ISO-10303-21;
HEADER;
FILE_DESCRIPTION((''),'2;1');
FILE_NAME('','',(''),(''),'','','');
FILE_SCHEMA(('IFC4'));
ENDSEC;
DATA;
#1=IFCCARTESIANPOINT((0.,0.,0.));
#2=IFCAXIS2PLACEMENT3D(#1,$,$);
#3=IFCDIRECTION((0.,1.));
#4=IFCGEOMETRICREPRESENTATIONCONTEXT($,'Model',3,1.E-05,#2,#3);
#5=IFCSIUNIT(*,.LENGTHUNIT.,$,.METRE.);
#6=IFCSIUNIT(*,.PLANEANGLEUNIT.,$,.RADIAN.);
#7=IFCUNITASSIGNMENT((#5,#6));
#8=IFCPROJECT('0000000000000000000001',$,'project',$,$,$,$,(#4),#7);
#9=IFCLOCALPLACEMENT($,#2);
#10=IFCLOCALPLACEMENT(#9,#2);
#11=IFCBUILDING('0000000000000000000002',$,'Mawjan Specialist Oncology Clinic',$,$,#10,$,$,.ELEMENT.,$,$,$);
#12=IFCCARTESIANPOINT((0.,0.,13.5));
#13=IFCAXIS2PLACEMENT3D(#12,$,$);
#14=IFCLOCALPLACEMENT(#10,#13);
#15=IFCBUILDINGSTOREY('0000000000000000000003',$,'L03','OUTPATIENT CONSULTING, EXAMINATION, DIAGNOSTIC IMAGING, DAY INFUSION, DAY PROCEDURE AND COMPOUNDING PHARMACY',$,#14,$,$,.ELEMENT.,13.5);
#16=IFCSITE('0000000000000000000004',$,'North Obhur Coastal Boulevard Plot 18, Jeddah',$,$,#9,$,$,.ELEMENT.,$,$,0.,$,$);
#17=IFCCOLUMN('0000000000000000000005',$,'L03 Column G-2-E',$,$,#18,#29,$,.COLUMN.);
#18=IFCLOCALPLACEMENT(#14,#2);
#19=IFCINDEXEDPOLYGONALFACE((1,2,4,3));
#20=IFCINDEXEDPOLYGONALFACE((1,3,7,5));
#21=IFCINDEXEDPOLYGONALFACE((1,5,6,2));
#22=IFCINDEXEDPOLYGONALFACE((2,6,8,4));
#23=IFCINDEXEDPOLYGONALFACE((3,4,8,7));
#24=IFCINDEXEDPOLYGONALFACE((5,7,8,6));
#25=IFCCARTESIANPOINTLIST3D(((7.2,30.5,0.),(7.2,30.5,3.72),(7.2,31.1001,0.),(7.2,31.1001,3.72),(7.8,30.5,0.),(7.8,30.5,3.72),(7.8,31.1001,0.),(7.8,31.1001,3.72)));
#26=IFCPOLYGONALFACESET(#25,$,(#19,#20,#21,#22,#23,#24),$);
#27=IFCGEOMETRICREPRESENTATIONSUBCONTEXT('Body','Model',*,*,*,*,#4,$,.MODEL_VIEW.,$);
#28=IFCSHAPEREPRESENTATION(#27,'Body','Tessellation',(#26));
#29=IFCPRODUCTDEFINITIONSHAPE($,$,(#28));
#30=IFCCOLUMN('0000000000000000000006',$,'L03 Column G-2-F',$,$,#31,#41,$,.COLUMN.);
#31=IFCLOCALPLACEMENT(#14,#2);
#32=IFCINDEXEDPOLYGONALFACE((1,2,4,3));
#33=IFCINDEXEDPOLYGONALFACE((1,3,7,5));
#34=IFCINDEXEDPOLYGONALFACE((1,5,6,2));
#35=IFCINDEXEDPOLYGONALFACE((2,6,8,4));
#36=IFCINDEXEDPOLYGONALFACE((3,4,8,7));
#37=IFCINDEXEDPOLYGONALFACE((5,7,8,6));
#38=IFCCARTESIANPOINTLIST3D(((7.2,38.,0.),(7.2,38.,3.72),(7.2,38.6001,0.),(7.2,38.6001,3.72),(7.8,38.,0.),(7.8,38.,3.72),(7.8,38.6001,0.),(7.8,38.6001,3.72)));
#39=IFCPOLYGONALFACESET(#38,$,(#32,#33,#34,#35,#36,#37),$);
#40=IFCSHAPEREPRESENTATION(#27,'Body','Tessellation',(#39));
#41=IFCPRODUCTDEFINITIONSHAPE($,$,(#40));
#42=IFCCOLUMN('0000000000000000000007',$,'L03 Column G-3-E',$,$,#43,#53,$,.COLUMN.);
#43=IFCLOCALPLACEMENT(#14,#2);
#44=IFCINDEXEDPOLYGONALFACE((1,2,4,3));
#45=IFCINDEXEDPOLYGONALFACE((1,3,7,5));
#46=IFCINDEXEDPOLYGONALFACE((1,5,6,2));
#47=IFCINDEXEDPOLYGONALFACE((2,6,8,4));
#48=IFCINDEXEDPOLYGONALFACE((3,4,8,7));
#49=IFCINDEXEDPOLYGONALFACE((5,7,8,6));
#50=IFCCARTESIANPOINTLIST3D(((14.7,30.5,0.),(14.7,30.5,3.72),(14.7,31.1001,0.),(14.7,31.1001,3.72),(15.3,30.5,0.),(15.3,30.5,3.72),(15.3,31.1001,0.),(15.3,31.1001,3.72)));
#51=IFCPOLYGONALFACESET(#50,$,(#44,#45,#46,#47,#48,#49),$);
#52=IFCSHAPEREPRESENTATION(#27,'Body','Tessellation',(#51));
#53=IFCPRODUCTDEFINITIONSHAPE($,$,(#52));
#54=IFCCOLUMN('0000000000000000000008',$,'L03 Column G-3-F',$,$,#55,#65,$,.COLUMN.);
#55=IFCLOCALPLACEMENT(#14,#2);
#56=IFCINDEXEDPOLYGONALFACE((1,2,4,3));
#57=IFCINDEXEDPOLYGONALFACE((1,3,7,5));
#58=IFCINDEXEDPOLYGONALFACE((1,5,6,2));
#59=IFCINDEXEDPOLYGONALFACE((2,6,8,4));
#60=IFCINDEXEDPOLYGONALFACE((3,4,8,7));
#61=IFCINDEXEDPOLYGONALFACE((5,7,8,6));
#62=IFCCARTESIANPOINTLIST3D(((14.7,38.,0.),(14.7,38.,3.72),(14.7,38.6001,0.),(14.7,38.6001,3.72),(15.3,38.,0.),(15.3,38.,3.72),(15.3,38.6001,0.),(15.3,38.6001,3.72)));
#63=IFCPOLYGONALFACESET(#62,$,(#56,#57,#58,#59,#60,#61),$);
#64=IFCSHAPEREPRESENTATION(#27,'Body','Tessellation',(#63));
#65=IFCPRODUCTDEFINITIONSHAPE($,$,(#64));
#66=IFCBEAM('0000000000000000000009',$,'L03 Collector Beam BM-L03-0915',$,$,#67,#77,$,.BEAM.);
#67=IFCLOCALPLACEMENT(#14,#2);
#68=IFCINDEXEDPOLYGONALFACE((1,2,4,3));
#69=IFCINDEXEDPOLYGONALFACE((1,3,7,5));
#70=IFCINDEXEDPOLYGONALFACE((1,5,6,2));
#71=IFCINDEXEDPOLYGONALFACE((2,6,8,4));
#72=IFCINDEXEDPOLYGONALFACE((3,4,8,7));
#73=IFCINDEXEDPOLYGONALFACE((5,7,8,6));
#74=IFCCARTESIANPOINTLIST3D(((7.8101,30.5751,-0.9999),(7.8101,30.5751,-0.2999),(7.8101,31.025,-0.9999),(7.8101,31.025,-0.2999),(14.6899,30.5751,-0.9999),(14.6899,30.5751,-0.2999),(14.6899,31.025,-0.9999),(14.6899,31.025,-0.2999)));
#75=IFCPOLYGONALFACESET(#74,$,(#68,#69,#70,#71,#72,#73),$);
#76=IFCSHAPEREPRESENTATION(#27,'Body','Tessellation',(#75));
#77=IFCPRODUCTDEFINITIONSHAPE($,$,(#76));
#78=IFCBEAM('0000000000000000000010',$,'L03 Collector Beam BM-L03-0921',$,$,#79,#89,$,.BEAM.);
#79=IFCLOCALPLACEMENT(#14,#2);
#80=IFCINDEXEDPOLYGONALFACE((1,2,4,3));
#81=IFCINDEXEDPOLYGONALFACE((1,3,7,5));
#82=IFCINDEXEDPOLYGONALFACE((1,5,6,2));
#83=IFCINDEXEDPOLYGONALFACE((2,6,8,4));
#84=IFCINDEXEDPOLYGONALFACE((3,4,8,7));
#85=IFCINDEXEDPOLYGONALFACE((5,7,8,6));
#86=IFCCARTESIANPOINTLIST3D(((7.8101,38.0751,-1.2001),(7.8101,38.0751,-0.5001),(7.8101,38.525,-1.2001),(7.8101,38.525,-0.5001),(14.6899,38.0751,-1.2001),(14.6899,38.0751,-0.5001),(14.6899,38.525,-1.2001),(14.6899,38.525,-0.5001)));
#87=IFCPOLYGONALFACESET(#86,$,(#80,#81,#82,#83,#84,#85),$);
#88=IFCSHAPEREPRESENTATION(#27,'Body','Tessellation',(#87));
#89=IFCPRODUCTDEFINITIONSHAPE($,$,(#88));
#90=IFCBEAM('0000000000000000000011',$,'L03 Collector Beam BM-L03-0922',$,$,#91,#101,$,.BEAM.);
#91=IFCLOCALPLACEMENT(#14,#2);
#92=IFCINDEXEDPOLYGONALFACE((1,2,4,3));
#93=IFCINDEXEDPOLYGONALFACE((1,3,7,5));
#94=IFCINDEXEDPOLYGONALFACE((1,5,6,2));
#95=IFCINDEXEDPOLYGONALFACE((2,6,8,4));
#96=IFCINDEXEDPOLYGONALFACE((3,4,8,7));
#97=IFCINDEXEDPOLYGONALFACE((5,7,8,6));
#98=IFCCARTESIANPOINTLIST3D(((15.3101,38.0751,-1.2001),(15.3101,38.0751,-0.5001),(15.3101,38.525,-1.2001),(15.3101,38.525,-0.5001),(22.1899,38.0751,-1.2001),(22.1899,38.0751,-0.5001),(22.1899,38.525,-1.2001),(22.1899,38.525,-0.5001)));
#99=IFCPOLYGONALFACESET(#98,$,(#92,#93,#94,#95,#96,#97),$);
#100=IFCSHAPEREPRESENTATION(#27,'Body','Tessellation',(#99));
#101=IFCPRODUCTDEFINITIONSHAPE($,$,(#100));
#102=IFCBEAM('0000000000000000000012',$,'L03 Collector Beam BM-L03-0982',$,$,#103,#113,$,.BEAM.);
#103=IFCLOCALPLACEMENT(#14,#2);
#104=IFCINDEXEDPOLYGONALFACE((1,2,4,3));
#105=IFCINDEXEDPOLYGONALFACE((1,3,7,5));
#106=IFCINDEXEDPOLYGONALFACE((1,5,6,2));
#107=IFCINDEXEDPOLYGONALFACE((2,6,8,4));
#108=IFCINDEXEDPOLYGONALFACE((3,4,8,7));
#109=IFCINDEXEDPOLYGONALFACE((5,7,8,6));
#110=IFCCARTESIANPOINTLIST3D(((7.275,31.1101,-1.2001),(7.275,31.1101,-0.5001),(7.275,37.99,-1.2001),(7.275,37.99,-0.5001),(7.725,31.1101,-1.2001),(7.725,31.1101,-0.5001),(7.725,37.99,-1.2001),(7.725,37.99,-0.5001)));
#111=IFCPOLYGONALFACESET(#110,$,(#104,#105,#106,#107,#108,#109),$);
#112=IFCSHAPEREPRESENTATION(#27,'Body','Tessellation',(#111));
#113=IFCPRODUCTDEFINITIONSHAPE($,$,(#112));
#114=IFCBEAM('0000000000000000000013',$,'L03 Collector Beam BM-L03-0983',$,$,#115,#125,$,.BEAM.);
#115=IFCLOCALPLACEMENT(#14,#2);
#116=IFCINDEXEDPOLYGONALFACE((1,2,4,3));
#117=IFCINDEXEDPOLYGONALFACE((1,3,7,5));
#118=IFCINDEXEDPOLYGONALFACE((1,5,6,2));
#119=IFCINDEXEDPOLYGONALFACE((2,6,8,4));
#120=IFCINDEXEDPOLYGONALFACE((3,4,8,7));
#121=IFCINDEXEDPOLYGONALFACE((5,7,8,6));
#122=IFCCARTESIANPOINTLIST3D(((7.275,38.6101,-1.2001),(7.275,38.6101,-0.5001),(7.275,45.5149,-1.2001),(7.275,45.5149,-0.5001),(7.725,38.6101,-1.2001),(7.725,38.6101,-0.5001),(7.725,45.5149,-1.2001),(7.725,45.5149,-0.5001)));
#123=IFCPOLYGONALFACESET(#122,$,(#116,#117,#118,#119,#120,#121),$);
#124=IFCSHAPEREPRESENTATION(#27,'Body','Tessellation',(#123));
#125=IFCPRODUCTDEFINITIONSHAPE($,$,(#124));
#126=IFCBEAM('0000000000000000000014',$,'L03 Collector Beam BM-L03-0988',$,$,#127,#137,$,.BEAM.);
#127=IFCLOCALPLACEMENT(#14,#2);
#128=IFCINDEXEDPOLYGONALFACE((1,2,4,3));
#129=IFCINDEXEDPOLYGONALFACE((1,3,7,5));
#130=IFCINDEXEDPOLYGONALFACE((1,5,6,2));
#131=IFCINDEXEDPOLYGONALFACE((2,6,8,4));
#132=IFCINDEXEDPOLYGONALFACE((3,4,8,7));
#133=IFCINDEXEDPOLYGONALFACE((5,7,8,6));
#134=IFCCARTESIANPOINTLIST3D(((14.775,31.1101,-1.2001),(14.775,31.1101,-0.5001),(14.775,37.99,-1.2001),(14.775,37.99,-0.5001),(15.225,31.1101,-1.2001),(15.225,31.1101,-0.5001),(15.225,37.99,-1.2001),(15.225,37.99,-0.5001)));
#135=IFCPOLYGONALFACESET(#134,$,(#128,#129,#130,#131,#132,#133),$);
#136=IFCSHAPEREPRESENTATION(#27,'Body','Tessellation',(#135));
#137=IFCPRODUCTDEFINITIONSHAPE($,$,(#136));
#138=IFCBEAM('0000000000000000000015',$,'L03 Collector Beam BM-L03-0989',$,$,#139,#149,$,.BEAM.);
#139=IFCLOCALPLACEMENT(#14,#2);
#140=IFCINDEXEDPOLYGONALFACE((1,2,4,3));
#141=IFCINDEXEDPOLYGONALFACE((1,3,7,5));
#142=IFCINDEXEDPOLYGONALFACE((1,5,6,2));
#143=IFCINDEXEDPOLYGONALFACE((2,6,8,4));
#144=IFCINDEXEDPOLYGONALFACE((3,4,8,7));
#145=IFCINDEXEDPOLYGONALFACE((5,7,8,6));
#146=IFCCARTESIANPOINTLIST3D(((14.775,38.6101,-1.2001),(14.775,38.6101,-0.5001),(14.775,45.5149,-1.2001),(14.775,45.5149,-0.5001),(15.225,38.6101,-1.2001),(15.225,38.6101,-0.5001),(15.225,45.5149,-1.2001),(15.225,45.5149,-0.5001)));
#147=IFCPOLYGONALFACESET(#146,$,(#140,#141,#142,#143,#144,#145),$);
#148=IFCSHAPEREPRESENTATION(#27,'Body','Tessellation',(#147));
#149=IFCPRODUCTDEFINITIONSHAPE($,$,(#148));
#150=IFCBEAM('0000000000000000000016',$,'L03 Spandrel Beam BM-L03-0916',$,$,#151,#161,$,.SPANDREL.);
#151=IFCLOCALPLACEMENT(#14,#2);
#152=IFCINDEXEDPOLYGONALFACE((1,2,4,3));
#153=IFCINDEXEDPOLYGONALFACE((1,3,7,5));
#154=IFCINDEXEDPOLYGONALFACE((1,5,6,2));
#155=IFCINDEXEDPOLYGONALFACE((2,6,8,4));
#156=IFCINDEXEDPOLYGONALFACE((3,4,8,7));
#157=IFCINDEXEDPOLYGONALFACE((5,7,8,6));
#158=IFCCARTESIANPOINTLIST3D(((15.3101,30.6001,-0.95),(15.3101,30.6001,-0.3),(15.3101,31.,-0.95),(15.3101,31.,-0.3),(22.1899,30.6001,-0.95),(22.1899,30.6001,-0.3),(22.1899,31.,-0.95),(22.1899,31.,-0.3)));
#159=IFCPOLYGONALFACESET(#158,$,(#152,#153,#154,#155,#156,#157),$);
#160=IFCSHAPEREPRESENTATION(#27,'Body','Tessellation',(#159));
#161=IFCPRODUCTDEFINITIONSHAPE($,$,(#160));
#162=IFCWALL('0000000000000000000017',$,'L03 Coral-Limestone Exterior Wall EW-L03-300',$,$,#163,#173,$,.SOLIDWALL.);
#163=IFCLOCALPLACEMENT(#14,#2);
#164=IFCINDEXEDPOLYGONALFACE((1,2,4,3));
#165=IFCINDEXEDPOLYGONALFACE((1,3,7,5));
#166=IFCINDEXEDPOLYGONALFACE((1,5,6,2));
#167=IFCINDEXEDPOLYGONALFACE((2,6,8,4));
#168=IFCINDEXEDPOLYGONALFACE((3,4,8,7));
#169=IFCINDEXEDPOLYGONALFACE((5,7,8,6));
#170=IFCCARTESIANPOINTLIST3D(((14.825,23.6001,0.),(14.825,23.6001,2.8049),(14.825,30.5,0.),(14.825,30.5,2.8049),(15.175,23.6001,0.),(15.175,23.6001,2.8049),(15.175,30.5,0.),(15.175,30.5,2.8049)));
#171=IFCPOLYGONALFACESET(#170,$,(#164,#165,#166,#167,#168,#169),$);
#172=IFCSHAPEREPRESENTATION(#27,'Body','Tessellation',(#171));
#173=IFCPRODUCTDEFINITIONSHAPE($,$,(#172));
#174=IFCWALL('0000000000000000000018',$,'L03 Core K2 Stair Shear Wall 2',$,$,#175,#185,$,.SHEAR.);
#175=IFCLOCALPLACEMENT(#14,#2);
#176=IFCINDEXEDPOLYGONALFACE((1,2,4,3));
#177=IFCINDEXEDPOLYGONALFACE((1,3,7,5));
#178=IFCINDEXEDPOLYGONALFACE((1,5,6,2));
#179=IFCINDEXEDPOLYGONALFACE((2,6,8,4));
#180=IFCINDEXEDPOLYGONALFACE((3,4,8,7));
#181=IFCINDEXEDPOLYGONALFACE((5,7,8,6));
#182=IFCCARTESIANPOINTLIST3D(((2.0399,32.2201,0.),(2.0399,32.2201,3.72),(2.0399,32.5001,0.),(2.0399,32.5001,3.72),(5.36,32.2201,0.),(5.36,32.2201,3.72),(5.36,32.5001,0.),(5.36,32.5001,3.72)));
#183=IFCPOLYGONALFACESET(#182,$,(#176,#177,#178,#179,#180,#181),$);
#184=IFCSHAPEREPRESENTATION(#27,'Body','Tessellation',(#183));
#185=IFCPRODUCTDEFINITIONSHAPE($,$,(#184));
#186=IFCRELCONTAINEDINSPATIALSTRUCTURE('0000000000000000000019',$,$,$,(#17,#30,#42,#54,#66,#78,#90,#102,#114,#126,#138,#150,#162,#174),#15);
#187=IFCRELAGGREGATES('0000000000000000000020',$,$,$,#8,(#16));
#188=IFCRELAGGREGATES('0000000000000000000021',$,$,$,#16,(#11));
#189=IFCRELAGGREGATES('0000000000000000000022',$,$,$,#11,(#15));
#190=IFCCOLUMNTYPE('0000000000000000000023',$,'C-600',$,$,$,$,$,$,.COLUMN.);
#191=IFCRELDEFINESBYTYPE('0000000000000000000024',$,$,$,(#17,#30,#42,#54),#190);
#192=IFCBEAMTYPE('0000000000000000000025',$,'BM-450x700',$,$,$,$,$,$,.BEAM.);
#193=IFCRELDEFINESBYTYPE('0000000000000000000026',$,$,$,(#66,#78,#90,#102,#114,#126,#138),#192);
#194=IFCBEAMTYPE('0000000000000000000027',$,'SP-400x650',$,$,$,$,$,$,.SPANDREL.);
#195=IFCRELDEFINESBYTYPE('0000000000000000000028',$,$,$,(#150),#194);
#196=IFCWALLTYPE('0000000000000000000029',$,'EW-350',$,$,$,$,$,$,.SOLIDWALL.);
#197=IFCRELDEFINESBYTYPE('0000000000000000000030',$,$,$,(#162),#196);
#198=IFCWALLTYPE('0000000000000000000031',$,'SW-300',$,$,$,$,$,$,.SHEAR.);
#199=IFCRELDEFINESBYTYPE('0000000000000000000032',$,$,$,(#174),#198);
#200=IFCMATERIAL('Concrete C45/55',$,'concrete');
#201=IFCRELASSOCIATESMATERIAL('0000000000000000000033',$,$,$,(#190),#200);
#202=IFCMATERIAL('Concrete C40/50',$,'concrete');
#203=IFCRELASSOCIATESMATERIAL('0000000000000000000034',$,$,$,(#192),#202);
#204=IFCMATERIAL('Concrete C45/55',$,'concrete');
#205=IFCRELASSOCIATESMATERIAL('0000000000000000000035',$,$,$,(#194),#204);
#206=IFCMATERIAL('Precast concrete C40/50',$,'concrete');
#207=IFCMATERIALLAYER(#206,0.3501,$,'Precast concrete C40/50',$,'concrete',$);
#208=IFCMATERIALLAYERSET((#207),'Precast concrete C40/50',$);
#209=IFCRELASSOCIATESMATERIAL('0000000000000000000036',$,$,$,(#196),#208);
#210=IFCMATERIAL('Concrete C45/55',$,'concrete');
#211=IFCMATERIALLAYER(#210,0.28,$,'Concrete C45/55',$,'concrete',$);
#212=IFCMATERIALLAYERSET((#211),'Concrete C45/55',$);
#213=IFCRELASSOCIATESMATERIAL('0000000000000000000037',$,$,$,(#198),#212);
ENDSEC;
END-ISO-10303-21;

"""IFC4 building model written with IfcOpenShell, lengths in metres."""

from ifc_helpers import new_model, si_unit, direction, frame, frame_2d, origin, origin_2d, place, context, subcontext, project, spatial, rectangle, extrude, material, layer, layer_set, material_profile, profile_set, type_object, element, save


model = new_model("IFC4")

# Units and contexts
model_context = context("Model", 3, precision=1e-05, world=origin(), true_north=direction((0.0, 1.0)))
body_context = subcontext(model_context, "Body", "Model", "MODEL_VIEW")
ifc_project = project(units=[si_unit("LENGTHUNIT", "METRE"), si_unit("PLANEANGLEUNIT", "RADIAN")], contexts=[model_context])

# Site, building, storey
site_placement = place(None, origin())
site = spatial("IfcSite", under=ifc_project, at=site_placement, Name="North Obhur Coastal Boulevard Plot 18, Jeddah", CompositionType="ELEMENT", RefElevation=0.0)
building_placement = place(site_placement, origin())
building = spatial("IfcBuilding", under=site, at=building_placement, Name="Mawjan Specialist Oncology Clinic", CompositionType="ELEMENT")
storey_placement = place(building_placement, frame((0.0, 0.0, 13.5)))
storey = spatial("IfcBuildingStorey", under=building, at=storey_placement, Name="L03", Description="OUTPATIENT CONSULTING, EXAMINATION, DIAGNOSTIC IMAGING, DAY INFUSION, DAY PROCEDURE AND COMPOUNDING PHARMACY", CompositionType="ELEMENT", Elevation=13.5)

# Columns
ifc_material_1 = material(Name="Concrete C45/55", Category="concrete")
ifc_material_profile_1 = material_profile(ifc_material_1, rectangle(XDim=0.6001, YDim=0.6001, at=origin_2d()), Name="RC COL 600x600", Category="concrete")
ifc_profile_set_1 = profile_set([ifc_material_profile_1], Name="Concrete C45/55")
column_type = type_object("IfcColumnType", Name="C-600", PredefinedType="COLUMN", material=ifc_profile_set_1)
for number, where, z_axis, x_axis, name in (
    (1, (7.5, 30.8, 0.0), (0.0, 0.0, 1.0), (1.0, 0.0, 0.0), "L03 Column G-2-E"),
    (2, (7.5, 38.3, 0.0), (0.0, 0.0, 1.0), (1.0, 0.0, 0.0), "L03 Column G-2-F"),
    (3, (15.0, 30.8, 0.0), (0.0, 0.0, 1.0), (1.0, 0.0, 0.0), "L03 Column G-3-E"),
    (4, (15.0, 38.3, 0.0), (0.0, 0.0, 1.0), (1.0, 0.0, 0.0), "L03 Column G-3-F"),
):
    element("IfcColumn", number, at=place(storey_placement, frame(where, z_axis=z_axis, x_axis=x_axis)), inside=storey, type_object=column_type, Name=name, PredefinedType="COLUMN", context=body_context, shape_type="SweptSolid", body=[
        extrude(rectangle(XDim=0.6001, YDim=0.6001, at=origin_2d()), origin(), (0.0, 0.0, 1.0), 3.72),
    ])

# Beams
ifc_material_2 = material(Name="Concrete C40/50", Category="concrete")
ifc_material_profile_2 = material_profile(ifc_material_2, rectangle(XDim=0.45, YDim=0.7, at=origin_2d()), Name="RC BM 450x700", Category="concrete")
ifc_profile_set_2 = profile_set([ifc_material_profile_2], Name="Concrete C40/50")
beam_type_1 = type_object("IfcBeamType", Name="BM-450x700", PredefinedType="BEAM", material=ifc_profile_set_2)
for number, where, z_axis, x_axis, name in (
    (5, (7.8101, 30.8, -0.6499), (1.0, 0.0, 0.0), (0.0, 1.0, 0.0), "L03 Collector Beam BM-L03-0915"),
    (6, (7.8101, 38.3, -0.8501), (1.0, 0.0, 0.0), (0.0, 1.0, 0.0), "L03 Collector Beam BM-L03-0921"),
    (7, (15.3101, 38.3, -0.8501), (1.0, 0.0, 0.0), (0.0, 1.0, 0.0), "L03 Collector Beam BM-L03-0922"),
    (8, (7.5, 31.1101, -0.8501), (0.0, 1.0, 0.0), (-1.0, 0.0, 0.0), "L03 Collector Beam BM-L03-0982"),
):
    element("IfcBeam", number, at=place(storey_placement, frame(where, z_axis=z_axis, x_axis=x_axis)), inside=storey, type_object=beam_type_1, Name=name, PredefinedType="BEAM", context=body_context, shape_type="SweptSolid", body=[
        extrude(rectangle(XDim=0.45, YDim=0.7, at=origin_2d()), origin(), (0.0, 0.0, 1.0), 6.8799),
    ])
beam_1_placement = place(storey_placement, frame((7.5, 38.6101, -0.8501), z_axis=(0.0, 1.0, 0.0), x_axis=(-1.0, 0.0, 0.0)))
element("IfcBeam", 9, at=beam_1_placement, inside=storey, type_object=beam_type_1, Name="L03 Collector Beam BM-L03-0983", PredefinedType="BEAM", context=body_context, shape_type="SweptSolid", body=[
    extrude(rectangle(XDim=0.45, YDim=0.7, at=origin_2d()), origin(), (0.0, 0.0, 1.0), 6.9048),
])
beam_2_placement = place(storey_placement, frame((15.0, 31.1101, -0.8501), z_axis=(0.0, 1.0, 0.0), x_axis=(-1.0, 0.0, 0.0)))
element("IfcBeam", 10, at=beam_2_placement, inside=storey, type_object=beam_type_1, Name="L03 Collector Beam BM-L03-0988", PredefinedType="BEAM", context=body_context, shape_type="SweptSolid", body=[
    extrude(rectangle(XDim=0.45, YDim=0.7, at=origin_2d()), origin(), (0.0, 0.0, 1.0), 6.8799),
])
beam_3_placement = place(storey_placement, frame((15.0, 38.6101, -0.8501), z_axis=(0.0, 1.0, 0.0), x_axis=(-1.0, 0.0, 0.0)))
element("IfcBeam", 11, at=beam_3_placement, inside=storey, type_object=beam_type_1, Name="L03 Collector Beam BM-L03-0989", PredefinedType="BEAM", context=body_context, shape_type="SweptSolid", body=[
    extrude(rectangle(XDim=0.45, YDim=0.7, at=origin_2d()), origin(), (0.0, 0.0, 1.0), 6.9048),
])
ifc_material_3 = material(Name="Concrete C45/55", Category="concrete")
ifc_material_profile_3 = material_profile(ifc_material_3, rectangle(XDim=0.3999, YDim=0.6499, at=origin_2d()), Name="RC BM 400x650", Category="concrete")
ifc_profile_set_3 = profile_set([ifc_material_profile_3], Name="Concrete C45/55")
beam_type_2 = type_object("IfcBeamType", Name="SP-400x650", PredefinedType="SPANDREL", material=ifc_profile_set_3)
beam_4_placement = place(storey_placement, frame((15.3101, 30.8, -0.625), z_axis=(1.0, 0.0, 0.0), x_axis=(0.0, 1.0, 0.0)))
element("IfcBeam", 12, at=beam_4_placement, inside=storey, type_object=beam_type_2, Name="L03 Spandrel Beam BM-L03-0916", PredefinedType="SPANDREL", context=body_context, shape_type="SweptSolid", body=[
    extrude(rectangle(XDim=0.3999, YDim=0.6499, at=origin_2d()), origin(), (0.0, 0.0, 1.0), 6.8799),
])

# Walls
ifc_material_4 = material(Name="Precast concrete C40/50", Category="concrete")
ifc_layer_1 = layer(ifc_material_4, 0.3501, Name="Precast concrete C40/50", Category="concrete")
ifc_layer_set_1 = layer_set([ifc_layer_1], Name="Precast concrete C40/50")
wall_type_1 = type_object("IfcWallType", Name="EW-350", PredefinedType="SOLIDWALL", material=ifc_layer_set_1)
wall_1_placement = place(storey_placement, frame((15.0, 30.5, 0.0), z_axis=(0.0, 0.0, 1.0), x_axis=(0.0, -1.0, 0.0)))
element("IfcWall", 13, at=wall_1_placement, inside=storey, type_object=wall_type_1, Name="L03 Coral-Limestone Exterior Wall EW-L03-300", PredefinedType="SOLIDWALL", context=body_context, shape_type="SweptSolid", body=[
    extrude(rectangle(XDim=6.8999, YDim=0.3501, at=frame_2d((3.45, 0.0))), origin(), (0.0, 0.0, 1.0), 2.8049),
])
ifc_material_5 = material(Name="Concrete C45/55", Category="concrete")
ifc_layer_2 = layer(ifc_material_5, 0.28, Name="Concrete C45/55", Category="concrete")
ifc_layer_set_2 = layer_set([ifc_layer_2], Name="Concrete C45/55")
wall_type_2 = type_object("IfcWallType", Name="SW-300", PredefinedType="SHEAR", material=ifc_layer_set_2)
wall_2_placement = place(storey_placement, frame((5.3601, 32.3601, 0.0), z_axis=(0.0, 0.0, 1.0), x_axis=(-1.0, 0.0, 0.0)))
element("IfcWall", 14, at=wall_2_placement, inside=storey, type_object=wall_type_2, Name="L03 Core K2 Stair Shear Wall 2", PredefinedType="SHEAR", context=body_context, shape_type="SweptSolid", body=[
    extrude(rectangle(XDim=3.3201, YDim=0.28, at=frame_2d((1.6602, 0.0))), origin(), (0.0, 0.0, 1.0), 3.72),
])

save(model, "model.ifc")
